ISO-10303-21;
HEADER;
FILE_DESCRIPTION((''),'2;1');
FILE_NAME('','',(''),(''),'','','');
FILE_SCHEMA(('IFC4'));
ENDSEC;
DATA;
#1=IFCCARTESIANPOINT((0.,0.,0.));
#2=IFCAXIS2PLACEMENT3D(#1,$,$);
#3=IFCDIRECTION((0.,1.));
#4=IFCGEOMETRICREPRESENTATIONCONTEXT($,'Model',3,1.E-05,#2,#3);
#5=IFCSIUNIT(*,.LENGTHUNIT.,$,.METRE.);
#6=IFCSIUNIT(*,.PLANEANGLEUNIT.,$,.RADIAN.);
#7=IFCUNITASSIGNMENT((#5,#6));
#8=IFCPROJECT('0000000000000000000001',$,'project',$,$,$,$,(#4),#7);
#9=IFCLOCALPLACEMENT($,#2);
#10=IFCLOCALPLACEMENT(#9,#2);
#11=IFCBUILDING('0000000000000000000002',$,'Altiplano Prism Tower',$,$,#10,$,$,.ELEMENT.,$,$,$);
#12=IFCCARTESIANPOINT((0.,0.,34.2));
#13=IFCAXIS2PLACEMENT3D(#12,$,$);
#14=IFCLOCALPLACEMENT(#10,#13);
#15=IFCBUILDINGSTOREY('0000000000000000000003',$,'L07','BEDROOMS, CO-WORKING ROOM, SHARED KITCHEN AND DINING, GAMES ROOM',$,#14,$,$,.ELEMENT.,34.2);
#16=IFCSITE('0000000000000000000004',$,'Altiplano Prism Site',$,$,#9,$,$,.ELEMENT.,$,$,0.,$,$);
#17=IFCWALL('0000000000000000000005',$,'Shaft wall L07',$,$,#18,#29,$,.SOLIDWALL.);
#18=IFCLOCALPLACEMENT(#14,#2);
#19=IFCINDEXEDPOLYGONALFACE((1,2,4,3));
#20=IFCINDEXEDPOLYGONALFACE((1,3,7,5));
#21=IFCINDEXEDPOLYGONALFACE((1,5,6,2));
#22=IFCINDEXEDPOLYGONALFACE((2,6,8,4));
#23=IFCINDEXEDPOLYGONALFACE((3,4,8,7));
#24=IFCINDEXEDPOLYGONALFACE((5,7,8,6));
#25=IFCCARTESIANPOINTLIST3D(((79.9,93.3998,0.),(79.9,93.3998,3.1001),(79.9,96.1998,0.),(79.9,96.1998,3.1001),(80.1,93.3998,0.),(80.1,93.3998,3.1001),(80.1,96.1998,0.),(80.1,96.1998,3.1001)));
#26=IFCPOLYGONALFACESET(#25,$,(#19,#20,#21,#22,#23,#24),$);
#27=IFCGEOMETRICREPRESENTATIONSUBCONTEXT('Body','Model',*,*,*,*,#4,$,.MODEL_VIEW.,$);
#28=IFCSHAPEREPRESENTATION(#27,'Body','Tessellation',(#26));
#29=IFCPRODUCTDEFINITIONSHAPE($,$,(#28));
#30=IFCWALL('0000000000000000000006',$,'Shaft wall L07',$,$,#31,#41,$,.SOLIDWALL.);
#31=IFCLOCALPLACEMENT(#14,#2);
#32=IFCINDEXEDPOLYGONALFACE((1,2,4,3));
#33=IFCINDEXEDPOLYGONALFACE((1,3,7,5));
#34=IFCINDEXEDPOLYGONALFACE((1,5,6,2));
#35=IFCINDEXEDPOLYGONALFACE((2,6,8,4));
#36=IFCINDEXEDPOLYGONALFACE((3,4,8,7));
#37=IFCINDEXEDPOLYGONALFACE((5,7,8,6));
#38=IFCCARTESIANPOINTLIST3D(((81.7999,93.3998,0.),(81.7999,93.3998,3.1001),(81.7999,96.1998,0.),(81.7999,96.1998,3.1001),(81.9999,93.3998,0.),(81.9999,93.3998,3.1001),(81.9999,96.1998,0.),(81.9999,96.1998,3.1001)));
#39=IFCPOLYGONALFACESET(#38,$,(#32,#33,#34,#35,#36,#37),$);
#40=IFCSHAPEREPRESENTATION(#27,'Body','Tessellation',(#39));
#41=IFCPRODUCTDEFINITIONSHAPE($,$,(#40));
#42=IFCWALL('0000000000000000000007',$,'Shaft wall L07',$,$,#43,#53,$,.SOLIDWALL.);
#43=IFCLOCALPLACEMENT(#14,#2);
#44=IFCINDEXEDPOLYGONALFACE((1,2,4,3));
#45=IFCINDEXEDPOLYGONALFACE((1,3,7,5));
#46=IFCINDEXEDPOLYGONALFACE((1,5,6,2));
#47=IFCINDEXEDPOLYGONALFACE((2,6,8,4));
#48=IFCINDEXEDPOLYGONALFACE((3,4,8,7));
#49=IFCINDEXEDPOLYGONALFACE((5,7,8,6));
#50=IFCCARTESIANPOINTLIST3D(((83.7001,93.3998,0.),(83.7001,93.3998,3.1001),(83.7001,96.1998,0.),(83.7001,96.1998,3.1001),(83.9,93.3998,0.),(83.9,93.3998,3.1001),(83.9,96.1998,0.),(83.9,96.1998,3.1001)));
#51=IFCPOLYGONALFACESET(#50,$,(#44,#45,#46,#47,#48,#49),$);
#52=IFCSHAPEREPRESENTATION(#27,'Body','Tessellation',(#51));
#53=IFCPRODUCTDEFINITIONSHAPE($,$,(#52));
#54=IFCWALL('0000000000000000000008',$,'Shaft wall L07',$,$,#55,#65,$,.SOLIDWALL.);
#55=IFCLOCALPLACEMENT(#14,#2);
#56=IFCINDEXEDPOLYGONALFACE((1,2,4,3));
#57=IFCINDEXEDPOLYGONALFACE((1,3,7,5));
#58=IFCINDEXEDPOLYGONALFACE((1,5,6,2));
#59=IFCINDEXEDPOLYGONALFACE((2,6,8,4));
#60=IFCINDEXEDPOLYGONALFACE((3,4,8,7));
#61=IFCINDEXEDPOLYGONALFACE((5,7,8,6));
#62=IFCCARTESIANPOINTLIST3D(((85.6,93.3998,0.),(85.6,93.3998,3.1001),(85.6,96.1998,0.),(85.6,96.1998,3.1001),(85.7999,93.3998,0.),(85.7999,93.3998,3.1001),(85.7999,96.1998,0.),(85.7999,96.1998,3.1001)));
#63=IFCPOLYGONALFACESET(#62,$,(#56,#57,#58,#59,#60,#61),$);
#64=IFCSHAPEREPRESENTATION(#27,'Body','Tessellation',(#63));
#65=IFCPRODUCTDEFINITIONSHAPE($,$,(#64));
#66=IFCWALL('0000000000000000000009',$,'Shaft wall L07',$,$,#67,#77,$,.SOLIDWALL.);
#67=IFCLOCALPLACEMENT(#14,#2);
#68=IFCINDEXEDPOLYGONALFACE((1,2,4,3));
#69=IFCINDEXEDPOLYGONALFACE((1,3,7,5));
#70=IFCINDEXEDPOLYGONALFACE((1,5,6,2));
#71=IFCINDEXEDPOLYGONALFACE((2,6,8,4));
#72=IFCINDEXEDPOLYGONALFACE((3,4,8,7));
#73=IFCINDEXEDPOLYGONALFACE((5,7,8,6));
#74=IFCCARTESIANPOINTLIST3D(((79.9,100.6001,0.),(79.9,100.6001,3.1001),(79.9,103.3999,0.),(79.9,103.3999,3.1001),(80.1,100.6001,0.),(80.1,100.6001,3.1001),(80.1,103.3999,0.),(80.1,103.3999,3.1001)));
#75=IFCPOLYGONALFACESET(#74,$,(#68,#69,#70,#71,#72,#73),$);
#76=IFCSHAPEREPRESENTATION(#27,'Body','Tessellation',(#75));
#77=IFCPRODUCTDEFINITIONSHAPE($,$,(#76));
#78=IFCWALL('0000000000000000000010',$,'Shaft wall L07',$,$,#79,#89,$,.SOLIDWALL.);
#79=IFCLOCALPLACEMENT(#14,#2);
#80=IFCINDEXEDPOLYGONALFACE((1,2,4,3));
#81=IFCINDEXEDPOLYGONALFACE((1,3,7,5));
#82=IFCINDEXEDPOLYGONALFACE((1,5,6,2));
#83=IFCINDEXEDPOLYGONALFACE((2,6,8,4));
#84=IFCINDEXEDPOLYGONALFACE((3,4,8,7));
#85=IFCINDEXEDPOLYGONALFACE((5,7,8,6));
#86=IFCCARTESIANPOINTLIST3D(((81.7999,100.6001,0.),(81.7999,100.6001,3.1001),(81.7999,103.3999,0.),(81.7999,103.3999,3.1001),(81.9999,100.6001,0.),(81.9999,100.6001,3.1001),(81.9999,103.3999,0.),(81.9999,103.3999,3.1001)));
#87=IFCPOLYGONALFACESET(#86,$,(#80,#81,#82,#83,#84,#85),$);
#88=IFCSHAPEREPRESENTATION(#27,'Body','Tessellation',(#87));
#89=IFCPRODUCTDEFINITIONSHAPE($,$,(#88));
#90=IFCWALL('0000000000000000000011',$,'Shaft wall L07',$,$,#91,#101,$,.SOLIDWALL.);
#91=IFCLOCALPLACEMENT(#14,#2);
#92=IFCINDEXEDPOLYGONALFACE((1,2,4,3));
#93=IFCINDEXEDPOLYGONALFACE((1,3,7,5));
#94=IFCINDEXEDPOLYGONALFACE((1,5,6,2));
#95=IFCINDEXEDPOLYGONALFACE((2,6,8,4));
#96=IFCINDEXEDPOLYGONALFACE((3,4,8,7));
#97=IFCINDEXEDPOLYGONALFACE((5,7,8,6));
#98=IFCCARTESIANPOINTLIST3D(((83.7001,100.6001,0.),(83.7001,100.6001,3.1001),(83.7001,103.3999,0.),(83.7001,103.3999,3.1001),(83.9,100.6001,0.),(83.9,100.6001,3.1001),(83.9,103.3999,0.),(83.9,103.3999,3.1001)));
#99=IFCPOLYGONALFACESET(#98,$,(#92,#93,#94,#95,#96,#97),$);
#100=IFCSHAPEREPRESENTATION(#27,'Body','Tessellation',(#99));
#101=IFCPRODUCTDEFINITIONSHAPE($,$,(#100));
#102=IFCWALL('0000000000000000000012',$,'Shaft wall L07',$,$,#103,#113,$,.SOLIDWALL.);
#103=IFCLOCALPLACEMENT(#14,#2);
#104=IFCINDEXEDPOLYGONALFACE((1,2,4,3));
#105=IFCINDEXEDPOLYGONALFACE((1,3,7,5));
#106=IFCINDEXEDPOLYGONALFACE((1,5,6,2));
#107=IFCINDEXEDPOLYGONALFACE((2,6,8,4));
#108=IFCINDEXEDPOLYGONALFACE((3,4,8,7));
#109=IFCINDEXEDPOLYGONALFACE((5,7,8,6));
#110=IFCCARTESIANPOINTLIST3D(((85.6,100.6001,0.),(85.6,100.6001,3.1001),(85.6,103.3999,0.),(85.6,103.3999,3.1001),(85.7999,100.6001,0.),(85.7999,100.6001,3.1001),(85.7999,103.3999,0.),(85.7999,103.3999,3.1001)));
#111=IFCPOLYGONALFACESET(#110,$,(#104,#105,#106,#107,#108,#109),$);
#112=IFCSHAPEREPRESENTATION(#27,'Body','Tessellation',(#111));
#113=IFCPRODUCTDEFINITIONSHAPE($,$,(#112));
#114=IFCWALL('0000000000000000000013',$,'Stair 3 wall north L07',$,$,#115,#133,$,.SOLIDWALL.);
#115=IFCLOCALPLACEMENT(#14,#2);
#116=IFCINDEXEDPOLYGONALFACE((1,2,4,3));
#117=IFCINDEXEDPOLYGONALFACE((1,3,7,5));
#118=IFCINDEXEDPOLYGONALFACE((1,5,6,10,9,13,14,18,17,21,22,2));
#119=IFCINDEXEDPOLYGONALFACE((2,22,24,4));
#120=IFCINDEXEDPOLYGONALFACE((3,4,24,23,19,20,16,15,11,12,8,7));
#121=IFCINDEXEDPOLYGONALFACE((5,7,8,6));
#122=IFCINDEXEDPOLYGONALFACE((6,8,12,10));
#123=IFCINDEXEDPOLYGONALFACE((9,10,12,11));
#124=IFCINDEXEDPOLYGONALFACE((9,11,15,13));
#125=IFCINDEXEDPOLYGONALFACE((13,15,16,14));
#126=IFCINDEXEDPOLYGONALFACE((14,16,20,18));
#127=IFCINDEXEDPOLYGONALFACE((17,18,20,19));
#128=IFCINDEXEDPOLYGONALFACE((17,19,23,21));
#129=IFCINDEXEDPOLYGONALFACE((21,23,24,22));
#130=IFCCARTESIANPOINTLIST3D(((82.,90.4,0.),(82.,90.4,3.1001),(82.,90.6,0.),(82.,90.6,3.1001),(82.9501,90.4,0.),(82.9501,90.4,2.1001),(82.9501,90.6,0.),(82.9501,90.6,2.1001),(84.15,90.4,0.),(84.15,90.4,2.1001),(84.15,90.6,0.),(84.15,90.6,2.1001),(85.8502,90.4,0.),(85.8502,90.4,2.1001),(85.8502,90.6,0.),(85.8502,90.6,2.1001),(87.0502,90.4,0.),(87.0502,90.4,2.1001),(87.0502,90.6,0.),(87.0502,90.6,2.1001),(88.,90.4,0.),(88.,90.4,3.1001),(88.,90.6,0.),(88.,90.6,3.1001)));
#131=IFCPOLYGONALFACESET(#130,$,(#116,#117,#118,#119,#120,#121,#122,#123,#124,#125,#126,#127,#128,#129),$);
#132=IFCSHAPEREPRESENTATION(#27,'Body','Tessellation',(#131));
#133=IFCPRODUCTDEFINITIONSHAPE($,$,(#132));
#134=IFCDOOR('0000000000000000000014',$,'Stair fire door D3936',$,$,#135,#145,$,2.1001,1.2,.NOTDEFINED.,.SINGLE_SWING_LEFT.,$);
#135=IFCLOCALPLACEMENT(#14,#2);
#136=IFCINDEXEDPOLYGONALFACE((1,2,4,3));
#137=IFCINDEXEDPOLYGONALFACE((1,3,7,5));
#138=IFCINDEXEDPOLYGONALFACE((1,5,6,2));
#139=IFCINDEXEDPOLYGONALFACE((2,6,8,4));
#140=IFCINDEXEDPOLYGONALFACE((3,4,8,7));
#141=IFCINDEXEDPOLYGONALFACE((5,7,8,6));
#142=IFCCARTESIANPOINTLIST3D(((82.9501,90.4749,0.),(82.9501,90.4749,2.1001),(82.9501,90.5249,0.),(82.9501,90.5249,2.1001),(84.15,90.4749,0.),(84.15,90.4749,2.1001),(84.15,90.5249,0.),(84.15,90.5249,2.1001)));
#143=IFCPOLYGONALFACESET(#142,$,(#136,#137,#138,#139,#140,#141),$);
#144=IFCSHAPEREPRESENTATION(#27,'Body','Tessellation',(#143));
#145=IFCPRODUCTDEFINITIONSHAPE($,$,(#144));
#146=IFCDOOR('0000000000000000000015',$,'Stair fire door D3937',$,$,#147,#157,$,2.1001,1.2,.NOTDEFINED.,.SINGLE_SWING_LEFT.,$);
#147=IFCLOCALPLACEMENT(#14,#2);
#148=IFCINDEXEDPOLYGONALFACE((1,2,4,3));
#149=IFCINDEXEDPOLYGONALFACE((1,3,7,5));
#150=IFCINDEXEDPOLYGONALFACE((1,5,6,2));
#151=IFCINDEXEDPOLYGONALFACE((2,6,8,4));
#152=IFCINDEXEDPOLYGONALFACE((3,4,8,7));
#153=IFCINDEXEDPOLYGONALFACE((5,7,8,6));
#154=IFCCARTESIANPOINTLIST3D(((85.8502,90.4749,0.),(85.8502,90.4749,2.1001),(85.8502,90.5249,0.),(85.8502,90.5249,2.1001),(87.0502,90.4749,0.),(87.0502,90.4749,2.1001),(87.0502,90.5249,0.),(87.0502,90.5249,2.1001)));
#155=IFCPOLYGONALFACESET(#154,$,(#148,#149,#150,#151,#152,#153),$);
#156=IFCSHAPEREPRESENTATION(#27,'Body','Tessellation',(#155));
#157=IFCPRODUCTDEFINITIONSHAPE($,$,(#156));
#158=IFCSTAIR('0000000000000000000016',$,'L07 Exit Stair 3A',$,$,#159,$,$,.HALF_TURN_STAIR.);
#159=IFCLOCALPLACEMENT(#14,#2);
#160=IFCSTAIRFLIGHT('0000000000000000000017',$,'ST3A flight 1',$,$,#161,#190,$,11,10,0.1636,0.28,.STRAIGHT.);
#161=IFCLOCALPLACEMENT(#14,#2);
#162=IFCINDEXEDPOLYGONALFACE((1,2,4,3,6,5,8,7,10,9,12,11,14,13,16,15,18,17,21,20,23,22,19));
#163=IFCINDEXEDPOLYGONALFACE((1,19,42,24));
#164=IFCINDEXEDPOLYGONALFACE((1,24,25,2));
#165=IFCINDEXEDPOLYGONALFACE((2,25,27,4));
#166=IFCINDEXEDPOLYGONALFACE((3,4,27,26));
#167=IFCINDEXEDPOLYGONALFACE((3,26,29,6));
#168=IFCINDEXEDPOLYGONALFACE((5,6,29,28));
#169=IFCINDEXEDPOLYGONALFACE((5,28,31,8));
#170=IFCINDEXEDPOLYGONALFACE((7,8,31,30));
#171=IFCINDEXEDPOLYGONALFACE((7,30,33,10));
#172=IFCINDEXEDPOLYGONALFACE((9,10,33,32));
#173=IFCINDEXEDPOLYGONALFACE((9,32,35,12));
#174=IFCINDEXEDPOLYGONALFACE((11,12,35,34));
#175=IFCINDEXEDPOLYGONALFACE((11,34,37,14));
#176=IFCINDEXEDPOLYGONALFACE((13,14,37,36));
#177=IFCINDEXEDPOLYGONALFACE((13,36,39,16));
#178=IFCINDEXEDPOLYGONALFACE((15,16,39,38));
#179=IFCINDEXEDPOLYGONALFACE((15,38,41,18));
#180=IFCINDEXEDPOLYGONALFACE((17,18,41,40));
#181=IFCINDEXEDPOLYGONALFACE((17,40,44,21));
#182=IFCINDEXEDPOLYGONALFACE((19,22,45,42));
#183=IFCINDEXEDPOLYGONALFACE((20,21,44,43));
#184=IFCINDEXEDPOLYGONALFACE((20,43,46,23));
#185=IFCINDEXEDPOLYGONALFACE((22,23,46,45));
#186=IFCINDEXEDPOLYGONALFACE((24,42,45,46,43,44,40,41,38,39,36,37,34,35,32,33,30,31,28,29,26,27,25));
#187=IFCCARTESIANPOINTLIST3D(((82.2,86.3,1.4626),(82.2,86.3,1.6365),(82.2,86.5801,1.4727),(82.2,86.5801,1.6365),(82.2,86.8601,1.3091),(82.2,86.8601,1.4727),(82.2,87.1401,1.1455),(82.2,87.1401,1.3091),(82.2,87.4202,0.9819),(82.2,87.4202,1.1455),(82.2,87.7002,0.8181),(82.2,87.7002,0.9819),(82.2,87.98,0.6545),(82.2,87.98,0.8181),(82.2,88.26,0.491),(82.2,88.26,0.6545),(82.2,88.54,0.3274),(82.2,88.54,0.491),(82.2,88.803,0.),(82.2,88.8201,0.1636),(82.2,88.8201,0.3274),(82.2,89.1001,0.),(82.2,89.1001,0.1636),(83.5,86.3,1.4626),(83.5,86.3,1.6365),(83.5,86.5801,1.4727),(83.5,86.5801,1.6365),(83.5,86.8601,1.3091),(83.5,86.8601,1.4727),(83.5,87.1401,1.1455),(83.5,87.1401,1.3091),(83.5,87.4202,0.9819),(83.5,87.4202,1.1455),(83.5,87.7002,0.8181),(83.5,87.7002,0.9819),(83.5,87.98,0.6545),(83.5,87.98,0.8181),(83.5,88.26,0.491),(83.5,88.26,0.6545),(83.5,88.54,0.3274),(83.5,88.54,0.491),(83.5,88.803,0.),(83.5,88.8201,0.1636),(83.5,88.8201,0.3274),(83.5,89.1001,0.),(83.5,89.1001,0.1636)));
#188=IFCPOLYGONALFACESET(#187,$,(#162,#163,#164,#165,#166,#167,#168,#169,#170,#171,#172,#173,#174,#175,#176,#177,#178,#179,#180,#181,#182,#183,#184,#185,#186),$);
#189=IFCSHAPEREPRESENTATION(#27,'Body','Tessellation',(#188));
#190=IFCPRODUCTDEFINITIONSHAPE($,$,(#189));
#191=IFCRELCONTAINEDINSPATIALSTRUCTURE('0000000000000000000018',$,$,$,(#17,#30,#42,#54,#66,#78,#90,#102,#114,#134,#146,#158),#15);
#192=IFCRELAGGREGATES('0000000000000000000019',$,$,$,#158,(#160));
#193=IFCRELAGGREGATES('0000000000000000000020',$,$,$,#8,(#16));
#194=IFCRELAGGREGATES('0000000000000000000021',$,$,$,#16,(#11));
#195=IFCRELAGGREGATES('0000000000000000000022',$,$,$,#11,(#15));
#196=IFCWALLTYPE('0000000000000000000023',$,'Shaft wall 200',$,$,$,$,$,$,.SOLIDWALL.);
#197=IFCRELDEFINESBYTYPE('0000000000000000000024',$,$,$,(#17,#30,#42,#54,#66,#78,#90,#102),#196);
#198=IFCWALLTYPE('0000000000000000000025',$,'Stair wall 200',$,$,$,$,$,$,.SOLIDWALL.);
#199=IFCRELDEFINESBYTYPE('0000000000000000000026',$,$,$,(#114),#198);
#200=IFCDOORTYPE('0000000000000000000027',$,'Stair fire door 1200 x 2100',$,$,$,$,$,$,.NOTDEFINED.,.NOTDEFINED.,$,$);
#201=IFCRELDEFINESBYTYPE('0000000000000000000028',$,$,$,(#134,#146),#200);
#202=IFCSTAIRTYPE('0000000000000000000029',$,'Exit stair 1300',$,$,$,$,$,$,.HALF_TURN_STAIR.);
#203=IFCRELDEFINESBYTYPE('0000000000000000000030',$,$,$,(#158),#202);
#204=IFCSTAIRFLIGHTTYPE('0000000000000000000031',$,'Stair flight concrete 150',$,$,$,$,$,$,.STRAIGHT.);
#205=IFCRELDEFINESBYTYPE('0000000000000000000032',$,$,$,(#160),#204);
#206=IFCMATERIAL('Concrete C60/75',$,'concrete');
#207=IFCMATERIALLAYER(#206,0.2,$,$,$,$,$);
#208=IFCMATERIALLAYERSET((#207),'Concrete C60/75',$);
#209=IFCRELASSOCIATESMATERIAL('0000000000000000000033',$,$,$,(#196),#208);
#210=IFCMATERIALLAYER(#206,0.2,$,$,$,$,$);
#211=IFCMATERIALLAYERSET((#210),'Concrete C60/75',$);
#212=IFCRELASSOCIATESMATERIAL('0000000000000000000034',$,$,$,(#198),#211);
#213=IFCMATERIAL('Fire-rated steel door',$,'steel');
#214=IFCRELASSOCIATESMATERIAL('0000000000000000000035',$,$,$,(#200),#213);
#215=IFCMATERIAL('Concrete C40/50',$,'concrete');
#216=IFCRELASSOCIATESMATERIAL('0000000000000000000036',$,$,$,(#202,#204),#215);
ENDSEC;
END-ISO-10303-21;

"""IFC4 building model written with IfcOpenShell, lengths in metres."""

from ifc_helpers import new_model, si_unit, direction, frame, frame_2d, origin, place, context, subcontext, project, spatial, polyline, rectangle, outline, extrude, material, layer, layer_set, type_object, element, fill, aggregate, save


model = new_model("IFC4")

# Units and contexts
model_context = context("Model", 3, precision=1e-05, world=origin(), true_north=direction((0.0, 1.0)))
body_context = subcontext(model_context, "Body", "Model", "MODEL_VIEW")
ifc_project = project(units=[si_unit("LENGTHUNIT", "METRE"), si_unit("PLANEANGLEUNIT", "RADIAN")], contexts=[model_context])

# Site, building, storey
site_placement = place(None, origin())
site = spatial("IfcSite", under=ifc_project, at=site_placement, Name="Altiplano Prism Site", CompositionType="ELEMENT", RefElevation=0.0)
building_placement = place(site_placement, origin())
building = spatial("IfcBuilding", under=site, at=building_placement, Name="Altiplano Prism Tower", CompositionType="ELEMENT")
storey_placement = place(building_placement, frame((0.0, 0.0, 34.2)))
storey = spatial("IfcBuildingStorey", under=building, at=storey_placement, Name="L07", Description="BEDROOMS, CO-WORKING ROOM, SHARED KITCHEN AND DINING, GAMES ROOM", CompositionType="ELEMENT", Elevation=34.2)

# Walls
ifc_material_1 = material(Name="Concrete C60/75", Category="concrete")
ifc_layer_1 = layer(ifc_material_1, 0.2)
ifc_layer_set_1 = layer_set([ifc_layer_1], Name="Concrete C60/75")
wall_type_1 = type_object("IfcWallType", Name="Shaft wall 200", PredefinedType="SOLIDWALL", material=ifc_layer_set_1)
for number, where, z_axis, x_axis, name in (
    (1, (80.0, 93.3999, 0.0), (0.0, 0.0, 1.0), (0.0, 1.0, 0.0), "Shaft wall L07"),
    (2, (81.8999, 93.3999, 0.0), (0.0, 0.0, 1.0), (0.0, 1.0, 0.0), "Shaft wall L07"),
    (3, (83.8, 93.3999, 0.0), (0.0, 0.0, 1.0), (0.0, 1.0, 0.0), "Shaft wall L07"),
    (4, (85.7, 93.3999, 0.0), (0.0, 0.0, 1.0), (0.0, 1.0, 0.0), "Shaft wall L07"),
):
    element("IfcWall", number, at=place(storey_placement, frame(where, z_axis=z_axis, x_axis=x_axis)), inside=storey, type_object=wall_type_1, Name=name, PredefinedType="SOLIDWALL", context=body_context, shape_type="SweptSolid", body=[
        extrude(rectangle(XDim=2.8, YDim=0.2, at=frame_2d((1.3999, 0.0))), origin(), (0.0, 0.0, 1.0), 3.1001),
    ])
for number, where, z_axis, x_axis, name in (
    (5, (80.0, 100.6001, 0.0), (0.0, 0.0, 1.0), (0.0, 1.0, 0.0), "Shaft wall L07"),
    (6, (81.8999, 100.6001, 0.0), (0.0, 0.0, 1.0), (0.0, 1.0, 0.0), "Shaft wall L07"),
    (7, (83.8, 100.6001, 0.0), (0.0, 0.0, 1.0), (0.0, 1.0, 0.0), "Shaft wall L07"),
    (8, (85.7, 100.6001, 0.0), (0.0, 0.0, 1.0), (0.0, 1.0, 0.0), "Shaft wall L07"),
):
    element("IfcWall", number, at=place(storey_placement, frame(where, z_axis=z_axis, x_axis=x_axis)), inside=storey, type_object=wall_type_1, Name=name, PredefinedType="SOLIDWALL", context=body_context, shape_type="SweptSolid", body=[
        extrude(rectangle(XDim=2.7998, YDim=0.2, at=frame_2d((1.3999, 0.0))), origin(), (0.0, 0.0, 1.0), 3.1001),
    ])

# Wall, openings, doors
ifc_layer_2 = layer(ifc_material_1, 0.2)
ifc_layer_set_2 = layer_set([ifc_layer_2], Name="Concrete C60/75")
wall_type_2 = type_object("IfcWallType", Name="Stair wall 200", PredefinedType="SOLIDWALL", material=ifc_layer_set_2)
wall_placement = place(storey_placement, frame((82.0, 90.5, 0.0), z_axis=(0.0, 0.0, 1.0), x_axis=(1.0, 0.0, 0.0)))
wall = element("IfcWall", 9, at=wall_placement, inside=storey, type_object=wall_type_2, Name="Stair 3 wall north L07", PredefinedType="SOLIDWALL", context=body_context, shape_type="SweptSolid", body=[
    extrude(rectangle(XDim=6.0, YDim=0.2, at=frame_2d((3.0, 0.0))), origin(), (0.0, 0.0, 1.0), 3.1001),
])
opening_1_placement = place(wall_placement, frame((0.95, 0.0, 0.0)))
opening_1 = element("IfcOpeningElement", 10, at=opening_1_placement, cuts=wall, PredefinedType="OPENING", context=body_context, shape_type="SweptSolid", body=[
    extrude(rectangle(XDim=1.2, YDim=2.1001, at=frame_2d((0.6001, 1.05))), frame((0.0, 0.1104, 0.0), z_axis=(0.0, -1.0, 0.0), x_axis=(1.0, 0.0, 0.0)), (0.0, 0.0, 1.0), 0.2209),
])
opening_2_placement = place(wall_placement, frame((3.8501, 0.0, 0.0)))
opening_2 = element("IfcOpeningElement", 11, at=opening_2_placement, cuts=wall, PredefinedType="OPENING", context=body_context, shape_type="SweptSolid", body=[
    extrude(rectangle(XDim=1.2, YDim=2.1001, at=frame_2d((0.6001, 1.05))), frame((0.0, 0.1104, 0.0), z_axis=(0.0, -1.0, 0.0), x_axis=(1.0, 0.0, 0.0)), (0.0, 0.0, 1.0), 0.2209),
])
ifc_material_2 = material(Name="Fire-rated steel door", Category="steel")
door_type = type_object("IfcDoorType", Name="Stair fire door 1200 x 2100", OperationType="NOTDEFINED", PredefinedType="NOTDEFINED", material=ifc_material_2)
door_1_placement = place(opening_1_placement, origin())
door_1 = element("IfcDoor", 12, at=door_1_placement, inside=storey, type_object=door_type, Name="Stair fire door D3936", OperationType="SINGLE_SWING_LEFT", OverallHeight=2.1001, OverallWidth=1.2, PredefinedType="NOTDEFINED", context=body_context, shape_type="SweptSolid", body=[
    extrude(rectangle(XDim=1.2, YDim=2.1001, at=frame_2d((0.6001, 1.05))), frame((0.0, 0.0249, 0.0), z_axis=(0.0, -1.0, 0.0), x_axis=(1.0, 0.0, 0.0)), (0.0, 0.0, 1.0), 0.05),
])
fill(opening_1, door_1)
door_2_placement = place(opening_2_placement, origin())
door_2 = element("IfcDoor", 13, at=door_2_placement, inside=storey, type_object=door_type, Name="Stair fire door D3937", OperationType="SINGLE_SWING_LEFT", OverallHeight=2.1001, OverallWidth=1.2, PredefinedType="NOTDEFINED", context=body_context, shape_type="SweptSolid", body=[
    extrude(rectangle(XDim=1.2, YDim=2.1001, at=frame_2d((0.6001, 1.05))), frame((0.0, 0.0249, 0.0), z_axis=(0.0, -1.0, 0.0), x_axis=(1.0, 0.0, 0.0)), (0.0, 0.0, 1.0), 0.05),
])
fill(opening_2, door_2)

# Stair, stair flight
ifc_material_3 = material(Name="Concrete C40/50", Category="concrete")
stair_type = type_object("IfcStairType", Name="Exit stair 1300", PredefinedType="HALF_TURN_STAIR", material=ifc_material_3)
stair_1_placement = place(storey_placement, origin())
stair_1 = element("IfcStair", 14, at=stair_1_placement, inside=storey, type_object=stair_type, Name="L07 Exit Stair 3A", PredefinedType="HALF_TURN_STAIR")
stair_flight_type = type_object("IfcStairFlightType", Name="Stair flight concrete 150", PredefinedType="STRAIGHT", material=ifc_material_3)
stair_flight_1_placement = place(storey_placement, frame((82.8501, 89.1001, 0.0), z_axis=(0.0, 0.0, 1.0), x_axis=(0.0, -1.0, 0.0)))
stair_flight_1 = element("IfcStairFlight", 15, at=stair_flight_1_placement, type_object=stair_flight_type, Name="ST3A flight 1", NumberOfRisers=11, NumberOfTreads=10, PredefinedType="STRAIGHT", RiserHeight=0.1636, TreadLength=0.28, context=body_context, shape_type="SweptSolid", body=[
    extrude(outline(polyline([(0.0, 0.0), (0.0, 0.1636), (0.28, 0.1636), (0.28, 0.3274), (0.5601, 0.3274), (0.5601, 0.491), (0.8401, 0.491), (0.8401, 0.6545), (1.1201, 0.6545), (1.1201, 0.8181), (1.3999, 0.8181), (1.3999, 0.9819), (1.6799, 0.9819), (1.6799, 1.1455), (1.96, 1.1455), (1.96, 1.3091), (2.24, 1.3091), (2.24, 1.4727), (2.52, 1.4727), (2.52, 1.6365), (2.8, 1.6365), (2.8, 1.8), (2.8, 1.4626), (0.2971, 0.0), (0.0, 0.0)])), frame((0.0, 0.6499, 0.0), z_axis=(0.0, -1.0, 0.0), x_axis=(1.0, 0.0, 0.0)), (0.0, 0.0, 1.0), 1.3),
])
aggregate(stair_1, [stair_flight_1])

save(model, "model.ifc")
